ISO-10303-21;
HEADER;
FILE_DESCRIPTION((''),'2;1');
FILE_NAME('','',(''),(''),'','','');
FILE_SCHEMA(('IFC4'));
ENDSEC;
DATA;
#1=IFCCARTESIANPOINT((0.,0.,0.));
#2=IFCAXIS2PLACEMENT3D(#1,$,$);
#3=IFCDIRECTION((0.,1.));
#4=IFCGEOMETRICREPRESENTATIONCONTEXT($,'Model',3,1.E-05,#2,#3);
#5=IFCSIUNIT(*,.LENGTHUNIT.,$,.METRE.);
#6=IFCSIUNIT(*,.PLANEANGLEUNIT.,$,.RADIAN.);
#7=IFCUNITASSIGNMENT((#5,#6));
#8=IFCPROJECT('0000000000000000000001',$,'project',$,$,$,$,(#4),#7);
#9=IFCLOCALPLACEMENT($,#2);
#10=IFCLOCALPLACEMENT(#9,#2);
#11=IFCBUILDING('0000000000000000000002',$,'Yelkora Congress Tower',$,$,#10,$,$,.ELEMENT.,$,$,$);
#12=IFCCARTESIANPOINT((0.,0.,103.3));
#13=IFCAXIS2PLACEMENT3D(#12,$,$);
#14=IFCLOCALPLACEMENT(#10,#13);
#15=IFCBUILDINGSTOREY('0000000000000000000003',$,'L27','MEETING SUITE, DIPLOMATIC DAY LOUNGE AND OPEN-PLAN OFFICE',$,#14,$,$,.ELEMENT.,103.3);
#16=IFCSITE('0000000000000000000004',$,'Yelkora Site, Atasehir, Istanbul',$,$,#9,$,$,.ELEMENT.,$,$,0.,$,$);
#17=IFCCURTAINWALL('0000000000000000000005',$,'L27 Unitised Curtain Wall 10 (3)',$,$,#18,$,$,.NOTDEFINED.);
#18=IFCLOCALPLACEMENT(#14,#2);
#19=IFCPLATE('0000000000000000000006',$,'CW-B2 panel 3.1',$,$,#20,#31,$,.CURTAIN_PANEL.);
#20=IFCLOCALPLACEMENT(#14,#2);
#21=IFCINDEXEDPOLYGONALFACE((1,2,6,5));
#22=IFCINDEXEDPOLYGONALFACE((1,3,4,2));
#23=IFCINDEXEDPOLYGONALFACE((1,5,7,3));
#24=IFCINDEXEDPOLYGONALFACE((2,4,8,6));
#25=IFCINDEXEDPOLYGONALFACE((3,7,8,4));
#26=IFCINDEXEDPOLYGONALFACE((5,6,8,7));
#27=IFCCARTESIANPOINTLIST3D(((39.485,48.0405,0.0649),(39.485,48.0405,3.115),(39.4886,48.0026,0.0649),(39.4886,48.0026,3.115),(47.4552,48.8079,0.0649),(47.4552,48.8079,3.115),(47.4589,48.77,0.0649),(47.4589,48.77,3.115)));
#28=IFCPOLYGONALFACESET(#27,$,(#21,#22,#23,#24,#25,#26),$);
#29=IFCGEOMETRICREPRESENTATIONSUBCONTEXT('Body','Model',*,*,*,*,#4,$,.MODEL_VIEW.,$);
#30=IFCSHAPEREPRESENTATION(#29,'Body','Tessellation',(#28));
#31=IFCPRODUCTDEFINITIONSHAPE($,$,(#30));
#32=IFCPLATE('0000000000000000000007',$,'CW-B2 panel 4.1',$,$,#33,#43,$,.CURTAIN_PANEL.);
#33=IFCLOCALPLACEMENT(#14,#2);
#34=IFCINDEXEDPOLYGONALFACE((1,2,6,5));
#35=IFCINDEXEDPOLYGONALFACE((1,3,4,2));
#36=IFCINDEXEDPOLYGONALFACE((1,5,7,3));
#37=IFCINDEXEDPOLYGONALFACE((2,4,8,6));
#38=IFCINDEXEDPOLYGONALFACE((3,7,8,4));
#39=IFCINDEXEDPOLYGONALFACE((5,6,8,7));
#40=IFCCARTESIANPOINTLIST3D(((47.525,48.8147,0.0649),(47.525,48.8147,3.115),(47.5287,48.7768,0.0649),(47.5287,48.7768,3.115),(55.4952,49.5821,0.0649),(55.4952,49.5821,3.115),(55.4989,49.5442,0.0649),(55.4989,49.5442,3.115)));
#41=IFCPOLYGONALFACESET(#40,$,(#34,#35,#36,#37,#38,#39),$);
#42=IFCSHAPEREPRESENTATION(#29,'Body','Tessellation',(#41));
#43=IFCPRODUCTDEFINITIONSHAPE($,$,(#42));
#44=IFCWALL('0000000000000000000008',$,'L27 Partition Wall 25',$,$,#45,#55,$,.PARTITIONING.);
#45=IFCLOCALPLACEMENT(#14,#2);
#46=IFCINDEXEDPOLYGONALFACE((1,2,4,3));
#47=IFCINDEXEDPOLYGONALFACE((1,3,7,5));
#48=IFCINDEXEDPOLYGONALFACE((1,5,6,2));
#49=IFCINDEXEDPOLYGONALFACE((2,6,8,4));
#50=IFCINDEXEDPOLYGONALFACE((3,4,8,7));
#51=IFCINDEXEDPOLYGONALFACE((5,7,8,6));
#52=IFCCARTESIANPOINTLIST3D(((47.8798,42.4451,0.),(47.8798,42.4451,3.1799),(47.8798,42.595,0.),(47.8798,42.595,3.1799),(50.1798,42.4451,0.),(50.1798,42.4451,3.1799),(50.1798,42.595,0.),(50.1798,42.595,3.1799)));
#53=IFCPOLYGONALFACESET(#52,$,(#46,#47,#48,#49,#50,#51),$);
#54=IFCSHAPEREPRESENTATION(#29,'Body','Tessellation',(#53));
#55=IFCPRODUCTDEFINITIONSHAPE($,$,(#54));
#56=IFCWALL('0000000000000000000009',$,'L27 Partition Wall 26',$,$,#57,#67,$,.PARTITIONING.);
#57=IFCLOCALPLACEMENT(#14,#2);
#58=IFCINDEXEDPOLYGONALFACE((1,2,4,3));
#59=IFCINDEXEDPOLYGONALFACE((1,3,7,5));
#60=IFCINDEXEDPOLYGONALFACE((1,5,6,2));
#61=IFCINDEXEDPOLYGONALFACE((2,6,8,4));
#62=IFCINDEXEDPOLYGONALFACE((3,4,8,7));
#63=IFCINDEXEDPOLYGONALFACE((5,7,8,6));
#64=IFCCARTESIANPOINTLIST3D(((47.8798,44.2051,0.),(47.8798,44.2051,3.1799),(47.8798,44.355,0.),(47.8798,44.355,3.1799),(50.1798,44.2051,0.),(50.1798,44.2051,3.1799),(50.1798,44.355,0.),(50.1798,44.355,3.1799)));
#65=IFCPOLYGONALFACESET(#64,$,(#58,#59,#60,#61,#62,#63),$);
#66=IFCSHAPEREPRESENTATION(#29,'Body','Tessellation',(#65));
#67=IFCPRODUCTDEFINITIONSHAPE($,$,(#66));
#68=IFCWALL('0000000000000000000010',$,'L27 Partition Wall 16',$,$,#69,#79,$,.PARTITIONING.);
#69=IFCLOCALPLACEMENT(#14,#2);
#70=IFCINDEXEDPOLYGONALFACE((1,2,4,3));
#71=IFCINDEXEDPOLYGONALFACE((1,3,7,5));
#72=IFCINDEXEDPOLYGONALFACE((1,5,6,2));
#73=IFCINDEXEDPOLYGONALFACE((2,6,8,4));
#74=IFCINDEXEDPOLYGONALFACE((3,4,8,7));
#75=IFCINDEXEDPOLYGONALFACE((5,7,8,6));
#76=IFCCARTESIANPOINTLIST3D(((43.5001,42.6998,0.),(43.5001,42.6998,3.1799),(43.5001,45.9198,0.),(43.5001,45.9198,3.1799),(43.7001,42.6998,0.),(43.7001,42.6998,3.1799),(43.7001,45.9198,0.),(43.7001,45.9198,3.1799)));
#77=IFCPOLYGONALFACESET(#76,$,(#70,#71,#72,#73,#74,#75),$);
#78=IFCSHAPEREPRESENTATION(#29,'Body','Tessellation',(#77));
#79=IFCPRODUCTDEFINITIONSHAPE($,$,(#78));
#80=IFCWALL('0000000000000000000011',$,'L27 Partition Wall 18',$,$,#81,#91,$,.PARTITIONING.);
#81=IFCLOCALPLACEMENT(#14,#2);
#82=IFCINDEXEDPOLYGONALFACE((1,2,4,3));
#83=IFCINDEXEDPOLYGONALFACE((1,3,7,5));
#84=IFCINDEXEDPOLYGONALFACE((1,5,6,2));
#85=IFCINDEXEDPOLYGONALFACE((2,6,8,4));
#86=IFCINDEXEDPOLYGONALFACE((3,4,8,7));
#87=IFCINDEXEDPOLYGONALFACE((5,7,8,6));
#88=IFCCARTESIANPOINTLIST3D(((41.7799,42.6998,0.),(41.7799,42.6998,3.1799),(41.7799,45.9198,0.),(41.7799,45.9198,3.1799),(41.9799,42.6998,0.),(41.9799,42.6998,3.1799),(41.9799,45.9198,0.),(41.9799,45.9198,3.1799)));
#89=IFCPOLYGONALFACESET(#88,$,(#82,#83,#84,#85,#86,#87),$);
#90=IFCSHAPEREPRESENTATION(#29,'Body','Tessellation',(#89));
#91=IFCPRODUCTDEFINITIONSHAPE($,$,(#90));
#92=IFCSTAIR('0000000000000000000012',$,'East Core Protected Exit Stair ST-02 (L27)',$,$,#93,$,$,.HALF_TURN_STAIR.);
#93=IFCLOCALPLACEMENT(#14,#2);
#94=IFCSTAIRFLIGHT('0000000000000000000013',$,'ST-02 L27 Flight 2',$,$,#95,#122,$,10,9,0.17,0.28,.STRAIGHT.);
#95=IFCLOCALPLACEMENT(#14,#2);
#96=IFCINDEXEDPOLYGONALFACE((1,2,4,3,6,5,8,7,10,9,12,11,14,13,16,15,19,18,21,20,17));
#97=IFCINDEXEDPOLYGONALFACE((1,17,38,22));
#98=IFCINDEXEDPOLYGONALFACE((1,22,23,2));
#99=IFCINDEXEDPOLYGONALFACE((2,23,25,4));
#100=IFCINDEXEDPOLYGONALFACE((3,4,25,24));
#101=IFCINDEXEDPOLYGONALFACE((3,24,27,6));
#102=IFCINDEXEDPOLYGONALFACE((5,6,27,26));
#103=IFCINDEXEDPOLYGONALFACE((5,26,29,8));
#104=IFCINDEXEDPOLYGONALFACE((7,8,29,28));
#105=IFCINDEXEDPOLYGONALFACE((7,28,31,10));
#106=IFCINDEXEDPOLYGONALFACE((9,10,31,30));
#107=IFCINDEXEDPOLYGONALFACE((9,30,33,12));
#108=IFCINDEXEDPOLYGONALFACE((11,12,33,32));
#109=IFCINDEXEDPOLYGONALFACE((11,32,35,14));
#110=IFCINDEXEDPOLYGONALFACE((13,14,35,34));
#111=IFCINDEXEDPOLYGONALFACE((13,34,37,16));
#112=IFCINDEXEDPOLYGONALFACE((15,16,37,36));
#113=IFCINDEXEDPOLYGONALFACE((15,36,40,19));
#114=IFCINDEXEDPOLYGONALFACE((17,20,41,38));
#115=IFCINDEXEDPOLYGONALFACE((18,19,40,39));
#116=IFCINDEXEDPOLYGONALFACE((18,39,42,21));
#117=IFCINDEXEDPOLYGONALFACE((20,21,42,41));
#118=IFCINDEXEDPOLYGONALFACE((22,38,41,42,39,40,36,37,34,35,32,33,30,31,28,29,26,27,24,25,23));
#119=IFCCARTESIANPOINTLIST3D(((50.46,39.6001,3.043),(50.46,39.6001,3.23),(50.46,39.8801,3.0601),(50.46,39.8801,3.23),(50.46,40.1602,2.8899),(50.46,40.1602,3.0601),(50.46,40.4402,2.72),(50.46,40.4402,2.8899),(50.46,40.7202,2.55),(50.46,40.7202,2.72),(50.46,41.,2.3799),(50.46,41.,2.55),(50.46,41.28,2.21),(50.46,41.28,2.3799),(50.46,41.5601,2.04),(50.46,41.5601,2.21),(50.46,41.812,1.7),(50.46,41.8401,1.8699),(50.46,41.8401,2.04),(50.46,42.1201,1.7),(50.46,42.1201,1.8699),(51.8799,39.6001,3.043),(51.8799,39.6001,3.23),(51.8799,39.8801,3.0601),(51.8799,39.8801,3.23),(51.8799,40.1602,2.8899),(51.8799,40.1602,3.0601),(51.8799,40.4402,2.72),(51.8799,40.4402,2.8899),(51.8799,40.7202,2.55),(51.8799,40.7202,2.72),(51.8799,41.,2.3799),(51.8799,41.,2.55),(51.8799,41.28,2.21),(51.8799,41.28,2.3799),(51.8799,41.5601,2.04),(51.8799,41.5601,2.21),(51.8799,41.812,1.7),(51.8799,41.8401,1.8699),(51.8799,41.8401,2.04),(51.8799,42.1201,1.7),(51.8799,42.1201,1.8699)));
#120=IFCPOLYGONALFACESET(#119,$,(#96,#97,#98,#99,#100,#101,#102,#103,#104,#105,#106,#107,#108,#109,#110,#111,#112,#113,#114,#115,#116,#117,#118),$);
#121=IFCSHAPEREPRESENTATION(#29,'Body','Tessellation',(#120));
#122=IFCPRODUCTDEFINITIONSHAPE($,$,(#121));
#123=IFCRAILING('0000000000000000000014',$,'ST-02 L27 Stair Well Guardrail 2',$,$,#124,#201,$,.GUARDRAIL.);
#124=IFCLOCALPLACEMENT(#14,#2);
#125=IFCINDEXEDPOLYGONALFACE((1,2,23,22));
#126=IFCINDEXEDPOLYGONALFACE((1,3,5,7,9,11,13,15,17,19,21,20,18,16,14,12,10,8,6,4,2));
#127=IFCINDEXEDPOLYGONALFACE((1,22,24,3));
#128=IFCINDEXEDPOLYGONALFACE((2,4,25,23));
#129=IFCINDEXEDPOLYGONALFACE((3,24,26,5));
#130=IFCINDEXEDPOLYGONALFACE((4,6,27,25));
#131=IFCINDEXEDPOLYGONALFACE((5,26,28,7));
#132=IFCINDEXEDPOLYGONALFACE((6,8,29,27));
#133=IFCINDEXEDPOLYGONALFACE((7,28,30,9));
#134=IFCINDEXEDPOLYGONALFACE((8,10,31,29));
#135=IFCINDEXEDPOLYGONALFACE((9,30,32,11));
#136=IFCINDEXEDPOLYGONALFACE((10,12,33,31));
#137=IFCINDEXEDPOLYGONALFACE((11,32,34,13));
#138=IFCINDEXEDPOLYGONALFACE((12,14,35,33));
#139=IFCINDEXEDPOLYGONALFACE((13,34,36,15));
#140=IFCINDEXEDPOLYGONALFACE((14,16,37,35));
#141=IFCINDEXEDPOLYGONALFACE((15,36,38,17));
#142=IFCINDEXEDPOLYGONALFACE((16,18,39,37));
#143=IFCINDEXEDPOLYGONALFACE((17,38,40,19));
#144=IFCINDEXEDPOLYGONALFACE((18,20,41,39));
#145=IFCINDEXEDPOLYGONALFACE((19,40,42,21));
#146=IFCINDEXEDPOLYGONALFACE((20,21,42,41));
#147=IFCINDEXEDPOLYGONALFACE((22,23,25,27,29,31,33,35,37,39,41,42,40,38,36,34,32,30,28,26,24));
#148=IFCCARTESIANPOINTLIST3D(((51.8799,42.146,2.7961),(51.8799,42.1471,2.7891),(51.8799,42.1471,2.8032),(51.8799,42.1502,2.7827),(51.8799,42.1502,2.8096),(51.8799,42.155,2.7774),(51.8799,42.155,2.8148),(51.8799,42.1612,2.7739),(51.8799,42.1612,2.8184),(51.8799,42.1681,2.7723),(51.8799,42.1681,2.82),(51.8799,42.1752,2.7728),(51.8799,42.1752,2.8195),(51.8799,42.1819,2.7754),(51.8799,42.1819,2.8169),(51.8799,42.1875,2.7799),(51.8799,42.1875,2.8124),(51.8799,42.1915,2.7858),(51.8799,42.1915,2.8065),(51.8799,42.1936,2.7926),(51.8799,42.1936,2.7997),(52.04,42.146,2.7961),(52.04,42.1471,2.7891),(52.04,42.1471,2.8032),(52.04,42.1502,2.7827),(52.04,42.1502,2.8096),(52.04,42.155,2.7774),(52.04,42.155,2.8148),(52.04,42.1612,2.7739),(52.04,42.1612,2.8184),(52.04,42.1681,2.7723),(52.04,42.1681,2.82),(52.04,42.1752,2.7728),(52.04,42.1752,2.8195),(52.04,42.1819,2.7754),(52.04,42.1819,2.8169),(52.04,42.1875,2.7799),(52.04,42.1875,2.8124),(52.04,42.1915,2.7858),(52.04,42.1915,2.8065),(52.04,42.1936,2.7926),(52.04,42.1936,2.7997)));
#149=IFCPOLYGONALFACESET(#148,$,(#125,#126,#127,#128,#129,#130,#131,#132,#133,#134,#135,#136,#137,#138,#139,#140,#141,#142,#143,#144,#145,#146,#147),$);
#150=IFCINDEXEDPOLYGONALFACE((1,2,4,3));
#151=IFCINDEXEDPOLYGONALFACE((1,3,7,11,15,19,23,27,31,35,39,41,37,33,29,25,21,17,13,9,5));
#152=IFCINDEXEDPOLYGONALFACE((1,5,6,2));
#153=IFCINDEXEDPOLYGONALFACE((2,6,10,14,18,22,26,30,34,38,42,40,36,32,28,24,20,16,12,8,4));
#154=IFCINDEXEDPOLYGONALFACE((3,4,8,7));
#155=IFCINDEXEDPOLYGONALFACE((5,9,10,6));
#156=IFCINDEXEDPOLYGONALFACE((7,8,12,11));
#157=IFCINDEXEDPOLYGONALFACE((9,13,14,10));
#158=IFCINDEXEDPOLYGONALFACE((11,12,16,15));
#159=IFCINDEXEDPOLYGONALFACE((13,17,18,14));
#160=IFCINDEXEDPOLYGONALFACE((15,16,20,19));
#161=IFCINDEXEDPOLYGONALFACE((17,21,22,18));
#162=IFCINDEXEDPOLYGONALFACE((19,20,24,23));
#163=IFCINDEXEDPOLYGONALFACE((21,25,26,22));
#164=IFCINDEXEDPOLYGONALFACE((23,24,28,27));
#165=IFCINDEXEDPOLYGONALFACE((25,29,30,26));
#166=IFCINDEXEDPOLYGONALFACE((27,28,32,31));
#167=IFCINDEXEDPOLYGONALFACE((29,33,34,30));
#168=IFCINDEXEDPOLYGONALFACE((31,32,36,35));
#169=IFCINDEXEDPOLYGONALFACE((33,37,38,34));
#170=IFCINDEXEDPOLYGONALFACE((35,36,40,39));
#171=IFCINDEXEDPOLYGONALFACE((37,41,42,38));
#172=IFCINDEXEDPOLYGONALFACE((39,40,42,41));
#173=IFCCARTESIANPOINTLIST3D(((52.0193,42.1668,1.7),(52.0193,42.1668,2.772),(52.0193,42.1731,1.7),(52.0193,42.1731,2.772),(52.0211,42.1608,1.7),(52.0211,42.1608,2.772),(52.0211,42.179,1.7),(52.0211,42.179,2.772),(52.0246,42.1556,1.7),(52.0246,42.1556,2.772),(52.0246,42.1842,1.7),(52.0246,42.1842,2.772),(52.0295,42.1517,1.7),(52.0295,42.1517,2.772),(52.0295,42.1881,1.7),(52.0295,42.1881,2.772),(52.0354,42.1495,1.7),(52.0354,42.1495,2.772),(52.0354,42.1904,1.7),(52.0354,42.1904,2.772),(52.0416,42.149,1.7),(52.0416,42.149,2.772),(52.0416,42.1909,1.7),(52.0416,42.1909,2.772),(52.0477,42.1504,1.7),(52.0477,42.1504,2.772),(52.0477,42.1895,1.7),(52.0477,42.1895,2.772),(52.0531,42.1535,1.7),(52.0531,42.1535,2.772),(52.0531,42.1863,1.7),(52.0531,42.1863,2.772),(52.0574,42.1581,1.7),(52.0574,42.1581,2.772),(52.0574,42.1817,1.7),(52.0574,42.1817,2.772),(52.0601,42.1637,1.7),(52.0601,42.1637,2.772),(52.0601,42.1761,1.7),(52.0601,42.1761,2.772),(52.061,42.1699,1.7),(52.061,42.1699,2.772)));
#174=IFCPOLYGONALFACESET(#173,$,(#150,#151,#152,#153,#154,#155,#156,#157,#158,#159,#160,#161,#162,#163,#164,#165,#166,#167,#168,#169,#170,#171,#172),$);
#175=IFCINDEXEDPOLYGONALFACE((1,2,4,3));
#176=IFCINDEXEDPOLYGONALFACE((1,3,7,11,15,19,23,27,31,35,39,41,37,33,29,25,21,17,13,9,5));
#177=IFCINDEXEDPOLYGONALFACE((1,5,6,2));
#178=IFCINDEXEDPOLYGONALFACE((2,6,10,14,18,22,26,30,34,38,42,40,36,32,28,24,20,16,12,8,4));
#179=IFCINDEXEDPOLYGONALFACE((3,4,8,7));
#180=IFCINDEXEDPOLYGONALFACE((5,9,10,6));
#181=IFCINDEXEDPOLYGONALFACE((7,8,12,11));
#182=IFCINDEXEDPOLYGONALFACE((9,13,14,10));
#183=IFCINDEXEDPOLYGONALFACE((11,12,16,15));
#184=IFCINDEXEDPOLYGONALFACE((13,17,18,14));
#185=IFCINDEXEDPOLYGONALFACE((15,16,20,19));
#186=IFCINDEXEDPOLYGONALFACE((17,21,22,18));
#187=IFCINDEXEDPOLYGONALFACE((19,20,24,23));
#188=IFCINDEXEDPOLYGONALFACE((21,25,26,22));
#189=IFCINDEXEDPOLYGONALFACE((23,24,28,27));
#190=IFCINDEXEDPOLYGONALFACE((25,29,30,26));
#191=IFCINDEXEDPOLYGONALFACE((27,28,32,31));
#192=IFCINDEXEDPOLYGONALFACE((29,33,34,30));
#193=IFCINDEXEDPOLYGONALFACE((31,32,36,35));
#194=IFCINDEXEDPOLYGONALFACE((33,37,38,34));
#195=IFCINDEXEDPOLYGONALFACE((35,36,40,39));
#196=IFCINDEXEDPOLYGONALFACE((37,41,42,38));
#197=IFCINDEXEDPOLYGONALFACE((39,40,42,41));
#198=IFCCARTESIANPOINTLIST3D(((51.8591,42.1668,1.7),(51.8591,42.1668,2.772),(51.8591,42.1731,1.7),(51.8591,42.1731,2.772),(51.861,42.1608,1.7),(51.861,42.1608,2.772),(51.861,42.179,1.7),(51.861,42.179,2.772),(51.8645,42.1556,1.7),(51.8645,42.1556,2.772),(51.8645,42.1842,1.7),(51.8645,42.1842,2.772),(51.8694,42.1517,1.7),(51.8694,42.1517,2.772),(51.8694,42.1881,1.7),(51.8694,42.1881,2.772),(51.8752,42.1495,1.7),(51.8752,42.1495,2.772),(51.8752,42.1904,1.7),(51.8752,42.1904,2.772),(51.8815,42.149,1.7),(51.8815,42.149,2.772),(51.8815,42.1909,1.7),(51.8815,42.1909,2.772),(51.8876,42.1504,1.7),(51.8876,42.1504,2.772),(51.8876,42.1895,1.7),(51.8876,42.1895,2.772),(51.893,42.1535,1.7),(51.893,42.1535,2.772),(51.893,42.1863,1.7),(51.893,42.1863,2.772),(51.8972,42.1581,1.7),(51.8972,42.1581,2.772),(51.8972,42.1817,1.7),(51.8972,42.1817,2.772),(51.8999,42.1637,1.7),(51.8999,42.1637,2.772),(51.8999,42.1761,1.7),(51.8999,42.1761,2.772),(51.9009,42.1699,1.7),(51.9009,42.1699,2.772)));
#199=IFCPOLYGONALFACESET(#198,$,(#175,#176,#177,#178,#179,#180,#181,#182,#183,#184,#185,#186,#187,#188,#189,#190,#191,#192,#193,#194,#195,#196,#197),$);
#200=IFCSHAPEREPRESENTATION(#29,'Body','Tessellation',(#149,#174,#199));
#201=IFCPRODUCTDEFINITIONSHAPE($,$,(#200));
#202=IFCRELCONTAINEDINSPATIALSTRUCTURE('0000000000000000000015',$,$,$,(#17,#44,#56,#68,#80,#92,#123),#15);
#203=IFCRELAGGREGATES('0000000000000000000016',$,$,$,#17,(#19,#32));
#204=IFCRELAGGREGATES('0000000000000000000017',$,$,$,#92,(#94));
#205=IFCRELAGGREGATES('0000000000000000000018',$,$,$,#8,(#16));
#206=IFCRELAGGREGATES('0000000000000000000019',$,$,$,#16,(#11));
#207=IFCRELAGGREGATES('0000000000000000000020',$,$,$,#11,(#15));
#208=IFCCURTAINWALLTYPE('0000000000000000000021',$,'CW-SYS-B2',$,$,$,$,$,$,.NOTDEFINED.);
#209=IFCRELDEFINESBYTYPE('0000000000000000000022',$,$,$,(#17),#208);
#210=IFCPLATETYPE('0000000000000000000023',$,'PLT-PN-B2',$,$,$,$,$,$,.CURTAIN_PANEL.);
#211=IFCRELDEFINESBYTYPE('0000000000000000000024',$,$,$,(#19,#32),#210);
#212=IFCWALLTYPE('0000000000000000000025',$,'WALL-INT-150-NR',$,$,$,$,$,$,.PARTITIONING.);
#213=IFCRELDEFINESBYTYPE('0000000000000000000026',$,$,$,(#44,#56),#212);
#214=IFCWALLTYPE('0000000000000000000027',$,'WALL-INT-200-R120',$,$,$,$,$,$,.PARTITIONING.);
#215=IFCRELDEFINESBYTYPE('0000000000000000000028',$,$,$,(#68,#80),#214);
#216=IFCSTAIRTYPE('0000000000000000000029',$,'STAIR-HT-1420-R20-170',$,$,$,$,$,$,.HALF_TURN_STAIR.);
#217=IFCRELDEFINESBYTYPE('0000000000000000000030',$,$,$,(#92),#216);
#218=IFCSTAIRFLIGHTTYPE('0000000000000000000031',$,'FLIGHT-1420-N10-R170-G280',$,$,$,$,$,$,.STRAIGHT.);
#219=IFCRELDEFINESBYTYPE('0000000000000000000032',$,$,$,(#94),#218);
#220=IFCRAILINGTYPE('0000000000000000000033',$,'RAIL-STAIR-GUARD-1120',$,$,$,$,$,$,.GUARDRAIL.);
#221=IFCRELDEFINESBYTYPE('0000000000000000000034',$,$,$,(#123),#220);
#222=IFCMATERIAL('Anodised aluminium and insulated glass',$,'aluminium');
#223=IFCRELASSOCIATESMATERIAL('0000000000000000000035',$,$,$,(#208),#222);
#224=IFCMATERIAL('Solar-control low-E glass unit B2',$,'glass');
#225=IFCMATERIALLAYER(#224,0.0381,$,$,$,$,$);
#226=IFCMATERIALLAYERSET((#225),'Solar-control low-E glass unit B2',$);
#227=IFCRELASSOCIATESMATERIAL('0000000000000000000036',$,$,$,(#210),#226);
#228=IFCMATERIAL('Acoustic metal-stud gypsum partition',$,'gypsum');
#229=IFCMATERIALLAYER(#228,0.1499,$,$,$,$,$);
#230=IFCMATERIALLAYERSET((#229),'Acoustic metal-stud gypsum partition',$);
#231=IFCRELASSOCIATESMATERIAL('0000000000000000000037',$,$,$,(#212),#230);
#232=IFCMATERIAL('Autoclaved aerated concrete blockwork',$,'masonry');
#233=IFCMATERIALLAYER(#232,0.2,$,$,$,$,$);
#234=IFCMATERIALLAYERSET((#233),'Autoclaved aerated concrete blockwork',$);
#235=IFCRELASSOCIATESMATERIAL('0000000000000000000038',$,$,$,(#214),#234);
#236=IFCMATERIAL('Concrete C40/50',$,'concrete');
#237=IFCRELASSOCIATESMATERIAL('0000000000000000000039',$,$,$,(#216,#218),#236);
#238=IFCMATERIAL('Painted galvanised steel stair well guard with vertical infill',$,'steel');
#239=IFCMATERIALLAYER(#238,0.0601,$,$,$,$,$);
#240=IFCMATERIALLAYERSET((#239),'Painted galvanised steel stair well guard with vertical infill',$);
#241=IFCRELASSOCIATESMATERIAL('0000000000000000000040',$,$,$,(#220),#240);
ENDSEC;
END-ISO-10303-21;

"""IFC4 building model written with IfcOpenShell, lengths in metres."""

from ifc_helpers import new_model, si_unit, direction, frame, frame_2d, origin, origin_2d, place, context, subcontext, project, spatial, polyline, rectangle, circle, outline, extrude, material, layer, layer_set, type_object, element, aggregate, save


model = new_model("IFC4")

# Units and contexts
model_context = context("Model", 3, precision=1e-05, world=origin(), true_north=direction((0.0, 1.0)))
body_context = subcontext(model_context, "Body", "Model", "MODEL_VIEW")
ifc_project = project(units=[si_unit("LENGTHUNIT", "METRE"), si_unit("PLANEANGLEUNIT", "RADIAN")], contexts=[model_context])

# Site, building, storey
site_placement = place(None, origin())
site = spatial("IfcSite", under=ifc_project, at=site_placement, Name="Yelkora Site, Atasehir, Istanbul", CompositionType="ELEMENT", RefElevation=0.0)
building_placement = place(site_placement, origin())
building = spatial("IfcBuilding", under=site, at=building_placement, Name="Yelkora Congress Tower", CompositionType="ELEMENT")
storey_placement = place(building_placement, frame((0.0, 0.0, 103.3)))
storey = spatial("IfcBuildingStorey", under=building, at=storey_placement, Name="L27", Description="MEETING SUITE, DIPLOMATIC DAY LOUNGE AND OPEN-PLAN OFFICE", CompositionType="ELEMENT", Elevation=103.3)

# Curtain wall, plates
ifc_material_1 = material(Name="Anodised aluminium and insulated glass", Category="aluminium")
curtain_wall_type = type_object("IfcCurtainWallType", Name="CW-SYS-B2", PredefinedType="NOTDEFINED", material=ifc_material_1)
curtain_wall_placement = place(storey_placement, origin())
curtain_wall = element("IfcCurtainWall", 1, at=curtain_wall_placement, inside=storey, type_object=curtain_wall_type, Name="L27 Unitised Curtain Wall 10 (3)", PredefinedType="NOTDEFINED")
ifc_material_2 = material(Name="Solar-control low-E glass unit B2", Category="glass")
ifc_layer_1 = layer(ifc_material_2, 0.0381)
ifc_layer_set_1 = layer_set([ifc_layer_1], Name="Solar-control low-E glass unit B2")
plate_type = type_object("IfcPlateType", Name="PLT-PN-B2", PredefinedType="CURTAIN_PANEL", material=ifc_layer_set_1)
plate_1_placement = place(storey_placement, frame((43.4719, 48.4053, 0.0649), z_axis=(0.0, 0.0, 1.0), x_axis=(0.995396, 0.095844, 0.0)))
plate_1 = element("IfcPlate", 2, at=plate_1_placement, type_object=plate_type, Name="CW-B2 panel 3.1", PredefinedType="CURTAIN_PANEL", context=body_context, shape_type="SweptSolid", body=[
    extrude(rectangle(XDim=8.0071, YDim=0.0381, at=origin_2d()), origin(), (0.0, 0.0, 1.0), 3.05),
])
plate_2_placement = place(storey_placement, frame((51.512, 49.1794, 0.0649), z_axis=(0.0, 0.0, 1.0), x_axis=(0.995396, 0.095844, 0.0)))
plate_2 = element("IfcPlate", 3, at=plate_2_placement, type_object=plate_type, Name="CW-B2 panel 4.1", PredefinedType="CURTAIN_PANEL", context=body_context, shape_type="SweptSolid", body=[
    extrude(rectangle(XDim=8.0071, YDim=0.0381, at=origin_2d()), origin(), (0.0, 0.0, 1.0), 3.05),
])
aggregate(curtain_wall, [plate_1, plate_2])

# Walls
ifc_material_3 = material(Name="Acoustic metal-stud gypsum partition", Category="gypsum")
ifc_layer_2 = layer(ifc_material_3, 0.1499)
ifc_layer_set_2 = layer_set([ifc_layer_2], Name="Acoustic metal-stud gypsum partition")
wall_type_1 = type_object("IfcWallType", Name="WALL-INT-150-NR", PredefinedType="PARTITIONING", material=ifc_layer_set_2)
for number, where, z_axis, x_axis, name in (
    (4, (47.8799, 42.52, 0.0), (0.0, 0.0, 1.0), (1.0, 0.0, 0.0), "L27 Partition Wall 25"),
    (5, (47.8799, 44.28, 0.0), (0.0, 0.0, 1.0), (1.0, 0.0, 0.0), "L27 Partition Wall 26"),
):
    element("IfcWall", number, at=place(storey_placement, frame(where, z_axis=z_axis, x_axis=x_axis)), inside=storey, type_object=wall_type_1, Name=name, PredefinedType="PARTITIONING", context=body_context, shape_type="SweptSolid", body=[
        extrude(rectangle(XDim=2.3, YDim=0.1499, at=frame_2d((1.1499, 0.0))), origin(), (0.0, 0.0, 1.0), 3.1799),
    ])
ifc_material_4 = material(Name="Autoclaved aerated concrete blockwork", Category="masonry")
ifc_layer_3 = layer(ifc_material_4, 0.2)
ifc_layer_set_3 = layer_set([ifc_layer_3], Name="Autoclaved aerated concrete blockwork")
wall_type_2 = type_object("IfcWallType", Name="WALL-INT-200-R120", PredefinedType="PARTITIONING", material=ifc_layer_set_3)
for number, where, z_axis, x_axis, name in (
    (6, (43.6001, 42.7, 0.0), (0.0, 0.0, 1.0), (0.0, 1.0, 0.0), "L27 Partition Wall 16"),
    (7, (41.8799, 42.7, 0.0), (0.0, 0.0, 1.0), (0.0, 1.0, 0.0), "L27 Partition Wall 18"),
):
    element("IfcWall", number, at=place(storey_placement, frame(where, z_axis=z_axis, x_axis=x_axis)), inside=storey, type_object=wall_type_2, Name=name, PredefinedType="PARTITIONING", context=body_context, shape_type="SweptSolid", body=[
        extrude(rectangle(XDim=3.22, YDim=0.2, at=frame_2d((1.6099, 0.0))), origin(), (0.0, 0.0, 1.0), 3.1799),
    ])

# Stair, stair flight
ifc_material_5 = material(Name="Concrete C40/50", Category="concrete")
stair_type = type_object("IfcStairType", Name="STAIR-HT-1420-R20-170", PredefinedType="HALF_TURN_STAIR", material=ifc_material_5)
stair_placement = place(storey_placement, origin())
stair = element("IfcStair", 8, at=stair_placement, inside=storey, type_object=stair_type, Name="East Core Protected Exit Stair ST-02 (L27)", PredefinedType="HALF_TURN_STAIR")
stair_flight_type = type_object("IfcStairFlightType", Name="FLIGHT-1420-N10-R170-G280", PredefinedType="STRAIGHT", material=ifc_material_5)
stair_flight_placement = place(storey_placement, frame((51.1699, 42.1201, 1.7), z_axis=(0.0, 0.0, 1.0), x_axis=(0.0, -1.0, 0.0)))
stair_flight = element("IfcStairFlight", 9, at=stair_flight_placement, type_object=stair_flight_type, Name="ST-02 L27 Flight 2", NumberOfRisers=10, NumberOfTreads=9, PredefinedType="STRAIGHT", RiserHeight=0.17, TreadLength=0.28, context=body_context, shape_type="SweptSolid", body=[
    extrude(outline(polyline([(0.0, 0.0), (0.0, 0.1699), (0.28, 0.1699), (0.28, 0.3401), (0.5601, 0.3401), (0.5601, 0.51), (0.8401, 0.51), (0.8401, 0.6799), (1.1201, 0.6799), (1.1201, 0.8501), (1.3999, 0.8501), (1.3999, 1.02), (1.6799, 1.02), (1.6799, 1.1899), (1.96, 1.1899), (1.96, 1.3601), (2.24, 1.3601), (2.24, 1.53), (2.52, 1.53), (2.52, 1.7), (2.52, 1.343), (0.3081, 0.0), (0.0, 0.0)])), frame((0.0, 0.71, 0.0), z_axis=(0.0, -1.0, 0.0), x_axis=(1.0, 0.0, 0.0)), (0.0, 0.0, 1.0), 1.4199),
])
aggregate(stair, [stair_flight])

# Railing
ifc_material_6 = material(Name="Painted galvanised steel stair well guard with vertical infill", Category="steel")
ifc_layer_4 = layer(ifc_material_6, 0.0601)
ifc_layer_set_4 = layer_set([ifc_layer_4], Name="Painted galvanised steel stair well guard with vertical infill")
railing_type_1 = type_object("IfcRailingType", Name="RAIL-STAIR-GUARD-1120", PredefinedType="GUARDRAIL", material=ifc_layer_set_4)
railing_1_placement = place(storey_placement, frame((52.04, 42.1699, 1.7)))
element("IfcRailing", 10, at=railing_1_placement, inside=storey, type_object=railing_type_1, Name="ST-02 L27 Stair Well Guardrail 2", PredefinedType="GUARDRAIL", context=body_context, shape_type="SweptSolid", body=[
    extrude(circle(Radius=0.0239, at=origin_2d()), frame((0.0, 0.0, 1.0962), z_axis=(-1.0, 0.0, 0.0), x_axis=(0.0, -1.0, 0.0)), (0.0, 0.0, 1.0), 0.1602),
    extrude(circle(Radius=0.021, at=origin_2d()), origin(), (0.0, 0.0, 1.0), 1.072),
    extrude(circle(Radius=0.021, at=origin_2d()), frame((-0.1602, 0.0, 0.0)), (0.0, 0.0, 1.0), 1.072),
])

save(model, "model.ifc")
